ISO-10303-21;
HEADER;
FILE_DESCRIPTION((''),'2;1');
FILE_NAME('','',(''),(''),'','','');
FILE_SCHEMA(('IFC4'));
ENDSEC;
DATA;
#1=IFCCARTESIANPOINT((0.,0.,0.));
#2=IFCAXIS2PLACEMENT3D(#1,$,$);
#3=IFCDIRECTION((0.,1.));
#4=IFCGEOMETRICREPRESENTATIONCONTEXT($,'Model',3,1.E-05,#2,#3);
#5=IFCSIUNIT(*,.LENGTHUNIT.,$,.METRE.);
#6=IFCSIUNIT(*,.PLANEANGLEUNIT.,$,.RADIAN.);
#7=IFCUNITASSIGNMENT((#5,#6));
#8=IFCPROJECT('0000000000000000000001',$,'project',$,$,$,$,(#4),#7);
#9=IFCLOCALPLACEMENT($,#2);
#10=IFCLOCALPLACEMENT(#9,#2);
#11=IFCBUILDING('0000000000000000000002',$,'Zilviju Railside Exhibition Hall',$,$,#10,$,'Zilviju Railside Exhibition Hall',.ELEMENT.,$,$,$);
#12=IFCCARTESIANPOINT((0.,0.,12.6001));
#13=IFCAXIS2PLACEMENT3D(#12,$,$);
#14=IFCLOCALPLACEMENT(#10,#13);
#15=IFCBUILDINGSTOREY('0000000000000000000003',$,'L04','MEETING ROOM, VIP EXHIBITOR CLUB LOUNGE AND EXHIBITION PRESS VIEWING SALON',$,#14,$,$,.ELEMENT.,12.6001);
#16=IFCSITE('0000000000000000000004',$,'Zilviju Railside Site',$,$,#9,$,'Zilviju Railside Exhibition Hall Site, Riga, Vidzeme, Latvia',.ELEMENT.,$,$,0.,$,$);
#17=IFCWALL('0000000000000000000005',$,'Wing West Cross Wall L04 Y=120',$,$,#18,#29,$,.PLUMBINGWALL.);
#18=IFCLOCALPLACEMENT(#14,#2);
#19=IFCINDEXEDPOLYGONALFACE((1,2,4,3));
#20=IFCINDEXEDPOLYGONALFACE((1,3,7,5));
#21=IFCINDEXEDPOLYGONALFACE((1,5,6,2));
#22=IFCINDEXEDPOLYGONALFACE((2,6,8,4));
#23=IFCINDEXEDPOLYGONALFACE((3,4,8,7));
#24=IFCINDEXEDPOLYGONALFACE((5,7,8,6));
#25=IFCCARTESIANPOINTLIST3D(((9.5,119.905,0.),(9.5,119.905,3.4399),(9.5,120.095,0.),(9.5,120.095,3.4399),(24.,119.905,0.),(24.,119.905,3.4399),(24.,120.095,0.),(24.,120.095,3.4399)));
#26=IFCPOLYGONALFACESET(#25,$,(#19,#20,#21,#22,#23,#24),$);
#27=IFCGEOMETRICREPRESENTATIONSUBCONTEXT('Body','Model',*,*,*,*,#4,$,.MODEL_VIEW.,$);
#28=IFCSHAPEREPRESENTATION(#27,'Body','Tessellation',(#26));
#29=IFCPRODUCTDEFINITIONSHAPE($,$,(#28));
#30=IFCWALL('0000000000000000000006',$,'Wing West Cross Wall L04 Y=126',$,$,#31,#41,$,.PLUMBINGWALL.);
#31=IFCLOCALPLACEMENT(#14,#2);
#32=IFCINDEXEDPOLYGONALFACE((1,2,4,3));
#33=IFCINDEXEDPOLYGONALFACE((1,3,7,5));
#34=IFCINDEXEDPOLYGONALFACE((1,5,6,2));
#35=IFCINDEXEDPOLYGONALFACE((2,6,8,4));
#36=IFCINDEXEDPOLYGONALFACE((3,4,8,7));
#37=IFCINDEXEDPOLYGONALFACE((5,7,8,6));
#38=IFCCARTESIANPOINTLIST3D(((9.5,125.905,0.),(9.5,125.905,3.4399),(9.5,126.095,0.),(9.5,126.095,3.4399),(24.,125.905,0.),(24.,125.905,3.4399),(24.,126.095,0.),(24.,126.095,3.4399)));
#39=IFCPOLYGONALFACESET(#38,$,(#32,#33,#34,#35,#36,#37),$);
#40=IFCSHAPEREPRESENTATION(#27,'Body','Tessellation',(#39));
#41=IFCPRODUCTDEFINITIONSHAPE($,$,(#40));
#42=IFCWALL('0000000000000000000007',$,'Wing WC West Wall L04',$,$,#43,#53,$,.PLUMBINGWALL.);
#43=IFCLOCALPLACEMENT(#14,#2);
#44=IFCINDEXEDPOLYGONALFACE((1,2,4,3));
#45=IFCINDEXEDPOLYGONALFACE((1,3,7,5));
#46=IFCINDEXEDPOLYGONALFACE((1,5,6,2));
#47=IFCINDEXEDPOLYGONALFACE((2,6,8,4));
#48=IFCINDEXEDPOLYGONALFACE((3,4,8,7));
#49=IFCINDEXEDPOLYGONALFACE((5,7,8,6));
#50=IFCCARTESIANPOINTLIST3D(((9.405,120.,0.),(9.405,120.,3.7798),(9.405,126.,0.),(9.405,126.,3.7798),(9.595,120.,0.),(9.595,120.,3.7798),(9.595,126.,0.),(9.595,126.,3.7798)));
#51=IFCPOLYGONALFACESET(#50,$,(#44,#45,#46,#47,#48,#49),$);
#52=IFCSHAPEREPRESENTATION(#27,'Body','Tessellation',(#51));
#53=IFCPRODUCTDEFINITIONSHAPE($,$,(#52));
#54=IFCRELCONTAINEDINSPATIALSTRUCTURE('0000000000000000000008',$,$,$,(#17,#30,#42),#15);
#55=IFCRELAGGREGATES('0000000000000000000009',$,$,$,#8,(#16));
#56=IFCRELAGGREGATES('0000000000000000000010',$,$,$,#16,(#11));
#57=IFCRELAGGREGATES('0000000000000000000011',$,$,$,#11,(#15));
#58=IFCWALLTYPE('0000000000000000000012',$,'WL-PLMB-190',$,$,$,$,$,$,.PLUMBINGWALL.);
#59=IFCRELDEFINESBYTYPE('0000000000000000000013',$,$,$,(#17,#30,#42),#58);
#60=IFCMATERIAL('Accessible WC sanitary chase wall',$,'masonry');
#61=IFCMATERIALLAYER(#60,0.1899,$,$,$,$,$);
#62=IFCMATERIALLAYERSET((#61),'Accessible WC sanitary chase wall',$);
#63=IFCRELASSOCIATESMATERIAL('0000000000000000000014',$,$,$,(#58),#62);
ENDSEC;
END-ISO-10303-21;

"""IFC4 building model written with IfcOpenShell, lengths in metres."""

from ifc_helpers import new_model, si_unit, direction, frame, frame_2d, origin, place, context, subcontext, project, spatial, rectangle, extrude, material, layer, layer_set, type_object, element, save


model = new_model("IFC4")

# Units and contexts
model_context = context("Model", 3, precision=1e-05, world=origin(), true_north=direction((0.0, 1.0)))
body_context = subcontext(model_context, "Body", "Model", "MODEL_VIEW")
ifc_project = project(units=[si_unit("LENGTHUNIT", "METRE"), si_unit("PLANEANGLEUNIT", "RADIAN")], contexts=[model_context])

# Site, building, storey
site_placement = place(None, origin())
site = spatial("IfcSite", under=ifc_project, at=site_placement, Name="Zilviju Railside Site", LongName="Zilviju Railside Exhibition Hall Site, Riga, Vidzeme, Latvia", CompositionType="ELEMENT", RefElevation=0.0)
building_placement = place(site_placement, origin())
building = spatial("IfcBuilding", under=site, at=building_placement, Name="Zilviju Railside Exhibition Hall", LongName="Zilviju Railside Exhibition Hall", CompositionType="ELEMENT")
storey_placement = place(building_placement, frame((0.0, 0.0, 12.6001)))
storey = spatial("IfcBuildingStorey", under=building, at=storey_placement, Name="L04", Description="MEETING ROOM, VIP EXHIBITOR CLUB LOUNGE AND EXHIBITION PRESS VIEWING SALON", CompositionType="ELEMENT", Elevation=12.6001)

# Walls
ifc_material_1 = material(Name="Accessible WC sanitary chase wall", Category="masonry")
ifc_layer = layer(ifc_material_1, 0.1899)
ifc_layer_set = layer_set([ifc_layer], Name="Accessible WC sanitary chase wall")
wall_type = type_object("IfcWallType", Name="WL-PLMB-190", PredefinedType="PLUMBINGWALL", material=ifc_layer_set)
for number, where, z_axis, x_axis, name in (
    (1, (9.5, 120.0, 0.0), (0.0, 0.0, 1.0), (1.0, 0.0, 0.0), "Wing West Cross Wall L04 Y=120"),
    (2, (9.5, 126.0, 0.0), (0.0, 0.0, 1.0), (1.0, 0.0, 0.0), "Wing West Cross Wall L04 Y=126"),
):
    element("IfcWall", number, at=place(storey_placement, frame(where, z_axis=z_axis, x_axis=x_axis)), inside=storey, type_object=wall_type, Name=name, PredefinedType="PLUMBINGWALL", context=body_context, shape_type="SweptSolid", body=[
        extrude(rectangle(XDim=14.5, YDim=0.1899, at=frame_2d((7.25, 0.0))), origin(), (0.0, 0.0, 1.0), 3.4399),
    ])
wall_placement = place(storey_placement, frame((9.5, 120.0, 0.0), z_axis=(0.0, 0.0, 1.0), x_axis=(0.0, 1.0, 0.0)))
element("IfcWall", 3, at=wall_placement, inside=storey, type_object=wall_type, Name="Wing WC West Wall L04", PredefinedType="PLUMBINGWALL", context=body_context, shape_type="SweptSolid", body=[
    extrude(rectangle(XDim=6.0, YDim=0.1899, at=frame_2d((3.0, 0.0))), origin(), (0.0, 0.0, 1.0), 3.7798),
])

save(model, "model.ifc")
